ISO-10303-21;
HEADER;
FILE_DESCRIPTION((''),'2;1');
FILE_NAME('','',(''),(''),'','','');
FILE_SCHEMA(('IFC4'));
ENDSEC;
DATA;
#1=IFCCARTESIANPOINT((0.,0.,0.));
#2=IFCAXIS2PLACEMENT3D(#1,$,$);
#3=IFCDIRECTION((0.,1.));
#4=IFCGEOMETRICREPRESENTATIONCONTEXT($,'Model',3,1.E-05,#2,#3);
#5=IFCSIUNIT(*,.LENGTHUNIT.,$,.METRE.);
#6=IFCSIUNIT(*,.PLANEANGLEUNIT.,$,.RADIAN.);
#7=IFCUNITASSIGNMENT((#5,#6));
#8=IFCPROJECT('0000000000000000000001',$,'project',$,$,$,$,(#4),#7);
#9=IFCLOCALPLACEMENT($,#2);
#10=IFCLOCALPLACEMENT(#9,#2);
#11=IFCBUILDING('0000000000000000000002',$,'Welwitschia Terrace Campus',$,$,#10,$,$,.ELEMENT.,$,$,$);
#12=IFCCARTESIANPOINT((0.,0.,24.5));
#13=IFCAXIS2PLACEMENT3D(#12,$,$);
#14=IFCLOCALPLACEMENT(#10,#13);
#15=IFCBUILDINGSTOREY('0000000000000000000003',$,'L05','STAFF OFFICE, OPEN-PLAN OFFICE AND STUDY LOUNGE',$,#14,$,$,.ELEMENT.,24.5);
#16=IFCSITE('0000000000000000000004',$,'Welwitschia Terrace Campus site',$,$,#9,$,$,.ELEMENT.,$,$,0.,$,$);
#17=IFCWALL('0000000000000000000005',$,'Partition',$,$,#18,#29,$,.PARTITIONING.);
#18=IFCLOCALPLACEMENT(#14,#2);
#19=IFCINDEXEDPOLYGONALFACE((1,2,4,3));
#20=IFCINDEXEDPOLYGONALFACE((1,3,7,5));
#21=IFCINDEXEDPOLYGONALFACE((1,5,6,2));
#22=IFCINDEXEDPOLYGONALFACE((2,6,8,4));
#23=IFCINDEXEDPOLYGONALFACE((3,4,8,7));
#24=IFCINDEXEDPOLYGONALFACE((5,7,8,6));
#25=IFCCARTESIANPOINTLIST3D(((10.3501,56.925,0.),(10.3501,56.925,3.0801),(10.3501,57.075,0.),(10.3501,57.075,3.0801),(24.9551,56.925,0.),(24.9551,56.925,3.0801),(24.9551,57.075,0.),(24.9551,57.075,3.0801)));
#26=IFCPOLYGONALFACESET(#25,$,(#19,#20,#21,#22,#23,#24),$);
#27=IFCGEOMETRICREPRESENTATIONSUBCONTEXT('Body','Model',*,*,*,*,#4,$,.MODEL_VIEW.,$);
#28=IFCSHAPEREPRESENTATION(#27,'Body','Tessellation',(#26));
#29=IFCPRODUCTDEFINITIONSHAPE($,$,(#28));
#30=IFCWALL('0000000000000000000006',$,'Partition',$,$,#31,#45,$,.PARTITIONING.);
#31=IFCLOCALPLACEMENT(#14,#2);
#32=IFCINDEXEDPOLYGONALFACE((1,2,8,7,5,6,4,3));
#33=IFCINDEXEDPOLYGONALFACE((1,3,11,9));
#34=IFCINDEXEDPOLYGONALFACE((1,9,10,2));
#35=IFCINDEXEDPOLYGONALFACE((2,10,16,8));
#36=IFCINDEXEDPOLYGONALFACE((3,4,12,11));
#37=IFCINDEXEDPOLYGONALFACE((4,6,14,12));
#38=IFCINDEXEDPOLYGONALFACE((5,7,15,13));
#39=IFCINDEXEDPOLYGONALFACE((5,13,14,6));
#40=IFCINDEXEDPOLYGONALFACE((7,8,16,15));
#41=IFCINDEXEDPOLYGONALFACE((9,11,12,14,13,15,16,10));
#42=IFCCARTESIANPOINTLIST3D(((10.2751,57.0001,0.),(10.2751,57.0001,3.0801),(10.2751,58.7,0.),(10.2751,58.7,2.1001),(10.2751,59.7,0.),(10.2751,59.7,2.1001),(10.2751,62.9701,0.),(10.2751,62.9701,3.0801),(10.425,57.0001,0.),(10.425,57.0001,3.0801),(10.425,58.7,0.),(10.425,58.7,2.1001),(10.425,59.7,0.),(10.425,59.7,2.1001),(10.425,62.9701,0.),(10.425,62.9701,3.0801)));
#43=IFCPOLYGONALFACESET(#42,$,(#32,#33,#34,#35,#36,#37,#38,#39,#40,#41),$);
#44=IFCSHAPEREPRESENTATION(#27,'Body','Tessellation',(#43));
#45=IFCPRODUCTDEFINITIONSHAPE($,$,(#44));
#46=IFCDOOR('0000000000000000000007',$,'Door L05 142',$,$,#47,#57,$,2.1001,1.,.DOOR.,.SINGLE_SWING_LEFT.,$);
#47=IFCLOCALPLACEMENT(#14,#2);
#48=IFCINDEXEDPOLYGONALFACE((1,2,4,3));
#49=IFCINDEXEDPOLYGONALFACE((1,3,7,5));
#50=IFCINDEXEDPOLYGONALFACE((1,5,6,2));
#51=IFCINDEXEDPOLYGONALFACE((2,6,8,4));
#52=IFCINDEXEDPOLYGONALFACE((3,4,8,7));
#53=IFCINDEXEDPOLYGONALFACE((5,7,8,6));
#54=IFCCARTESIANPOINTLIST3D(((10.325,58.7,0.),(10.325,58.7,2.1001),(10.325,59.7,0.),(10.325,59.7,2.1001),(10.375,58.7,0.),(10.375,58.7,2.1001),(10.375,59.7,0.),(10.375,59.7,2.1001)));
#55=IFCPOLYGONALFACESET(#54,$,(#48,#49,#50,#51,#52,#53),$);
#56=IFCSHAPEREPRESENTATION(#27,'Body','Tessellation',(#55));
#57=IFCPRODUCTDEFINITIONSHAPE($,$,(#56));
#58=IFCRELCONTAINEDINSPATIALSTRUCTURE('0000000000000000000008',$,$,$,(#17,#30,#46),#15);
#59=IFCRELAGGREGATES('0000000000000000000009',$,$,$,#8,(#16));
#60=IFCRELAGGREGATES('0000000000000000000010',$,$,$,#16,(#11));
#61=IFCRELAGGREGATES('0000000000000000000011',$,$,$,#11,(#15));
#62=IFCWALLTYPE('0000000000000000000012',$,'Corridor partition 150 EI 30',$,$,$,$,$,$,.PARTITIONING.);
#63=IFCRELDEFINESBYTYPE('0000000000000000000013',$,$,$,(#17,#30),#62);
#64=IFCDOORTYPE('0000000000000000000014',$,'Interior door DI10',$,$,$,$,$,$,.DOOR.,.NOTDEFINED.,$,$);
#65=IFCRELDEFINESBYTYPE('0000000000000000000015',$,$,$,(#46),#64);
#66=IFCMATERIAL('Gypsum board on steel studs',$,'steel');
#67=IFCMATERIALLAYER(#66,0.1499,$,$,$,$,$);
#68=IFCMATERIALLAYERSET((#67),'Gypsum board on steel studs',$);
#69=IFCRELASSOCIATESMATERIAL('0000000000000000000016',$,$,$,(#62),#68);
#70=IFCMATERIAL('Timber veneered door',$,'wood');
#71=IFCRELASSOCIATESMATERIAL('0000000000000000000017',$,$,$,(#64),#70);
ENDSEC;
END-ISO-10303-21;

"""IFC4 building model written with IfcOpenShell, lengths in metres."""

from ifc_helpers import new_model, si_unit, direction, frame, frame_2d, origin, place, context, subcontext, project, spatial, rectangle, extrude, material, layer, layer_set, type_object, element, fill, save


model = new_model("IFC4")

# Units and contexts
model_context = context("Model", 3, precision=1e-05, world=origin(), true_north=direction((0.0, 1.0)))
body_context = subcontext(model_context, "Body", "Model", "MODEL_VIEW")
ifc_project = project(units=[si_unit("LENGTHUNIT", "METRE"), si_unit("PLANEANGLEUNIT", "RADIAN")], contexts=[model_context])

# Site, building, storey
site_placement = place(None, origin())
site = spatial("IfcSite", under=ifc_project, at=site_placement, Name="Welwitschia Terrace Campus site", CompositionType="ELEMENT", RefElevation=0.0)
building_placement = place(site_placement, origin())
building = spatial("IfcBuilding", under=site, at=building_placement, Name="Welwitschia Terrace Campus", CompositionType="ELEMENT")
storey_placement = place(building_placement, frame((0.0, 0.0, 24.5)))
storey = spatial("IfcBuildingStorey", under=building, at=storey_placement, Name="L05", Description="STAFF OFFICE, OPEN-PLAN OFFICE AND STUDY LOUNGE", CompositionType="ELEMENT", Elevation=24.5)

# Shared definitions
ifc_material_1 = material(Name="Gypsum board on steel studs", Category="steel")
ifc_layer_1 = layer(ifc_material_1, 0.1499)
ifc_layer_set_1 = layer_set([ifc_layer_1], Name="Gypsum board on steel studs")
wall_type = type_object("IfcWallType", Name="Corridor partition 150 EI 30", PredefinedType="PARTITIONING", material=ifc_layer_set_1)

# Shared definitions
ifc_material_2 = material(Name="Timber veneered door", Category="wood")
door_type_1 = type_object("IfcDoorType", Name="Interior door DI10", OperationType="NOTDEFINED", PredefinedType="DOOR", material=ifc_material_2)

# Wall
wall_1_placement = place(storey_placement, frame((10.3501, 57.0, 0.0), z_axis=(0.0, 0.0, 1.0), x_axis=(1.0, 0.0, 0.0)))
element("IfcWall", 1, at=wall_1_placement, inside=storey, type_object=wall_type, Name="Partition", PredefinedType="PARTITIONING", context=body_context, shape_type="SweptSolid", body=[
    extrude(rectangle(XDim=14.605, YDim=0.1499, at=frame_2d((7.3025, 0.0))), origin(), (0.0, 0.0, 1.0), 3.0801),
])

# Wall, opening, door
wall_2_placement = place(storey_placement, frame((10.3501, 62.97, 0.0), z_axis=(0.0, 0.0, 1.0), x_axis=(0.0, -1.0, 0.0)))
wall_2 = element("IfcWall", 2, at=wall_2_placement, inside=storey, type_object=wall_type, Name="Partition", PredefinedType="PARTITIONING", context=body_context, shape_type="SweptSolid", body=[
    extrude(rectangle(XDim=5.97, YDim=0.1499, at=frame_2d((2.9849, 0.0))), origin(), (0.0, 0.0, 1.0), 3.0801),
])
opening_1_placement = place(wall_2_placement, frame((3.27, 0.0, 0.0)))
opening_1 = element("IfcOpeningElement", 3, at=opening_1_placement, cuts=wall_2, PredefinedType="OPENING", context=body_context, shape_type="SweptSolid", body=[
    extrude(rectangle(XDim=1.0, YDim=2.1001, at=frame_2d((0.5, 1.05))), frame((0.0, 0.085, 0.0), z_axis=(0.0, -1.0, 0.0), x_axis=(1.0, 0.0, 0.0)), (0.0, 0.0, 1.0), 0.1699),
])
door_1_placement = place(opening_1_placement, origin())
door_1 = element("IfcDoor", 4, at=door_1_placement, inside=storey, type_object=door_type_1, Name="Door L05 142", OperationType="SINGLE_SWING_LEFT", OverallHeight=2.1001, OverallWidth=1.0, PredefinedType="DOOR", context=body_context, shape_type="SweptSolid", body=[
    extrude(rectangle(XDim=1.0, YDim=2.1001, at=frame_2d((0.5, 1.05))), frame((0.0, 0.0249, 0.0), z_axis=(0.0, -1.0, 0.0), x_axis=(1.0, 0.0, 0.0)), (0.0, 0.0, 1.0), 0.05),
])
fill(opening_1, door_1)

save(model, "model.ifc")
